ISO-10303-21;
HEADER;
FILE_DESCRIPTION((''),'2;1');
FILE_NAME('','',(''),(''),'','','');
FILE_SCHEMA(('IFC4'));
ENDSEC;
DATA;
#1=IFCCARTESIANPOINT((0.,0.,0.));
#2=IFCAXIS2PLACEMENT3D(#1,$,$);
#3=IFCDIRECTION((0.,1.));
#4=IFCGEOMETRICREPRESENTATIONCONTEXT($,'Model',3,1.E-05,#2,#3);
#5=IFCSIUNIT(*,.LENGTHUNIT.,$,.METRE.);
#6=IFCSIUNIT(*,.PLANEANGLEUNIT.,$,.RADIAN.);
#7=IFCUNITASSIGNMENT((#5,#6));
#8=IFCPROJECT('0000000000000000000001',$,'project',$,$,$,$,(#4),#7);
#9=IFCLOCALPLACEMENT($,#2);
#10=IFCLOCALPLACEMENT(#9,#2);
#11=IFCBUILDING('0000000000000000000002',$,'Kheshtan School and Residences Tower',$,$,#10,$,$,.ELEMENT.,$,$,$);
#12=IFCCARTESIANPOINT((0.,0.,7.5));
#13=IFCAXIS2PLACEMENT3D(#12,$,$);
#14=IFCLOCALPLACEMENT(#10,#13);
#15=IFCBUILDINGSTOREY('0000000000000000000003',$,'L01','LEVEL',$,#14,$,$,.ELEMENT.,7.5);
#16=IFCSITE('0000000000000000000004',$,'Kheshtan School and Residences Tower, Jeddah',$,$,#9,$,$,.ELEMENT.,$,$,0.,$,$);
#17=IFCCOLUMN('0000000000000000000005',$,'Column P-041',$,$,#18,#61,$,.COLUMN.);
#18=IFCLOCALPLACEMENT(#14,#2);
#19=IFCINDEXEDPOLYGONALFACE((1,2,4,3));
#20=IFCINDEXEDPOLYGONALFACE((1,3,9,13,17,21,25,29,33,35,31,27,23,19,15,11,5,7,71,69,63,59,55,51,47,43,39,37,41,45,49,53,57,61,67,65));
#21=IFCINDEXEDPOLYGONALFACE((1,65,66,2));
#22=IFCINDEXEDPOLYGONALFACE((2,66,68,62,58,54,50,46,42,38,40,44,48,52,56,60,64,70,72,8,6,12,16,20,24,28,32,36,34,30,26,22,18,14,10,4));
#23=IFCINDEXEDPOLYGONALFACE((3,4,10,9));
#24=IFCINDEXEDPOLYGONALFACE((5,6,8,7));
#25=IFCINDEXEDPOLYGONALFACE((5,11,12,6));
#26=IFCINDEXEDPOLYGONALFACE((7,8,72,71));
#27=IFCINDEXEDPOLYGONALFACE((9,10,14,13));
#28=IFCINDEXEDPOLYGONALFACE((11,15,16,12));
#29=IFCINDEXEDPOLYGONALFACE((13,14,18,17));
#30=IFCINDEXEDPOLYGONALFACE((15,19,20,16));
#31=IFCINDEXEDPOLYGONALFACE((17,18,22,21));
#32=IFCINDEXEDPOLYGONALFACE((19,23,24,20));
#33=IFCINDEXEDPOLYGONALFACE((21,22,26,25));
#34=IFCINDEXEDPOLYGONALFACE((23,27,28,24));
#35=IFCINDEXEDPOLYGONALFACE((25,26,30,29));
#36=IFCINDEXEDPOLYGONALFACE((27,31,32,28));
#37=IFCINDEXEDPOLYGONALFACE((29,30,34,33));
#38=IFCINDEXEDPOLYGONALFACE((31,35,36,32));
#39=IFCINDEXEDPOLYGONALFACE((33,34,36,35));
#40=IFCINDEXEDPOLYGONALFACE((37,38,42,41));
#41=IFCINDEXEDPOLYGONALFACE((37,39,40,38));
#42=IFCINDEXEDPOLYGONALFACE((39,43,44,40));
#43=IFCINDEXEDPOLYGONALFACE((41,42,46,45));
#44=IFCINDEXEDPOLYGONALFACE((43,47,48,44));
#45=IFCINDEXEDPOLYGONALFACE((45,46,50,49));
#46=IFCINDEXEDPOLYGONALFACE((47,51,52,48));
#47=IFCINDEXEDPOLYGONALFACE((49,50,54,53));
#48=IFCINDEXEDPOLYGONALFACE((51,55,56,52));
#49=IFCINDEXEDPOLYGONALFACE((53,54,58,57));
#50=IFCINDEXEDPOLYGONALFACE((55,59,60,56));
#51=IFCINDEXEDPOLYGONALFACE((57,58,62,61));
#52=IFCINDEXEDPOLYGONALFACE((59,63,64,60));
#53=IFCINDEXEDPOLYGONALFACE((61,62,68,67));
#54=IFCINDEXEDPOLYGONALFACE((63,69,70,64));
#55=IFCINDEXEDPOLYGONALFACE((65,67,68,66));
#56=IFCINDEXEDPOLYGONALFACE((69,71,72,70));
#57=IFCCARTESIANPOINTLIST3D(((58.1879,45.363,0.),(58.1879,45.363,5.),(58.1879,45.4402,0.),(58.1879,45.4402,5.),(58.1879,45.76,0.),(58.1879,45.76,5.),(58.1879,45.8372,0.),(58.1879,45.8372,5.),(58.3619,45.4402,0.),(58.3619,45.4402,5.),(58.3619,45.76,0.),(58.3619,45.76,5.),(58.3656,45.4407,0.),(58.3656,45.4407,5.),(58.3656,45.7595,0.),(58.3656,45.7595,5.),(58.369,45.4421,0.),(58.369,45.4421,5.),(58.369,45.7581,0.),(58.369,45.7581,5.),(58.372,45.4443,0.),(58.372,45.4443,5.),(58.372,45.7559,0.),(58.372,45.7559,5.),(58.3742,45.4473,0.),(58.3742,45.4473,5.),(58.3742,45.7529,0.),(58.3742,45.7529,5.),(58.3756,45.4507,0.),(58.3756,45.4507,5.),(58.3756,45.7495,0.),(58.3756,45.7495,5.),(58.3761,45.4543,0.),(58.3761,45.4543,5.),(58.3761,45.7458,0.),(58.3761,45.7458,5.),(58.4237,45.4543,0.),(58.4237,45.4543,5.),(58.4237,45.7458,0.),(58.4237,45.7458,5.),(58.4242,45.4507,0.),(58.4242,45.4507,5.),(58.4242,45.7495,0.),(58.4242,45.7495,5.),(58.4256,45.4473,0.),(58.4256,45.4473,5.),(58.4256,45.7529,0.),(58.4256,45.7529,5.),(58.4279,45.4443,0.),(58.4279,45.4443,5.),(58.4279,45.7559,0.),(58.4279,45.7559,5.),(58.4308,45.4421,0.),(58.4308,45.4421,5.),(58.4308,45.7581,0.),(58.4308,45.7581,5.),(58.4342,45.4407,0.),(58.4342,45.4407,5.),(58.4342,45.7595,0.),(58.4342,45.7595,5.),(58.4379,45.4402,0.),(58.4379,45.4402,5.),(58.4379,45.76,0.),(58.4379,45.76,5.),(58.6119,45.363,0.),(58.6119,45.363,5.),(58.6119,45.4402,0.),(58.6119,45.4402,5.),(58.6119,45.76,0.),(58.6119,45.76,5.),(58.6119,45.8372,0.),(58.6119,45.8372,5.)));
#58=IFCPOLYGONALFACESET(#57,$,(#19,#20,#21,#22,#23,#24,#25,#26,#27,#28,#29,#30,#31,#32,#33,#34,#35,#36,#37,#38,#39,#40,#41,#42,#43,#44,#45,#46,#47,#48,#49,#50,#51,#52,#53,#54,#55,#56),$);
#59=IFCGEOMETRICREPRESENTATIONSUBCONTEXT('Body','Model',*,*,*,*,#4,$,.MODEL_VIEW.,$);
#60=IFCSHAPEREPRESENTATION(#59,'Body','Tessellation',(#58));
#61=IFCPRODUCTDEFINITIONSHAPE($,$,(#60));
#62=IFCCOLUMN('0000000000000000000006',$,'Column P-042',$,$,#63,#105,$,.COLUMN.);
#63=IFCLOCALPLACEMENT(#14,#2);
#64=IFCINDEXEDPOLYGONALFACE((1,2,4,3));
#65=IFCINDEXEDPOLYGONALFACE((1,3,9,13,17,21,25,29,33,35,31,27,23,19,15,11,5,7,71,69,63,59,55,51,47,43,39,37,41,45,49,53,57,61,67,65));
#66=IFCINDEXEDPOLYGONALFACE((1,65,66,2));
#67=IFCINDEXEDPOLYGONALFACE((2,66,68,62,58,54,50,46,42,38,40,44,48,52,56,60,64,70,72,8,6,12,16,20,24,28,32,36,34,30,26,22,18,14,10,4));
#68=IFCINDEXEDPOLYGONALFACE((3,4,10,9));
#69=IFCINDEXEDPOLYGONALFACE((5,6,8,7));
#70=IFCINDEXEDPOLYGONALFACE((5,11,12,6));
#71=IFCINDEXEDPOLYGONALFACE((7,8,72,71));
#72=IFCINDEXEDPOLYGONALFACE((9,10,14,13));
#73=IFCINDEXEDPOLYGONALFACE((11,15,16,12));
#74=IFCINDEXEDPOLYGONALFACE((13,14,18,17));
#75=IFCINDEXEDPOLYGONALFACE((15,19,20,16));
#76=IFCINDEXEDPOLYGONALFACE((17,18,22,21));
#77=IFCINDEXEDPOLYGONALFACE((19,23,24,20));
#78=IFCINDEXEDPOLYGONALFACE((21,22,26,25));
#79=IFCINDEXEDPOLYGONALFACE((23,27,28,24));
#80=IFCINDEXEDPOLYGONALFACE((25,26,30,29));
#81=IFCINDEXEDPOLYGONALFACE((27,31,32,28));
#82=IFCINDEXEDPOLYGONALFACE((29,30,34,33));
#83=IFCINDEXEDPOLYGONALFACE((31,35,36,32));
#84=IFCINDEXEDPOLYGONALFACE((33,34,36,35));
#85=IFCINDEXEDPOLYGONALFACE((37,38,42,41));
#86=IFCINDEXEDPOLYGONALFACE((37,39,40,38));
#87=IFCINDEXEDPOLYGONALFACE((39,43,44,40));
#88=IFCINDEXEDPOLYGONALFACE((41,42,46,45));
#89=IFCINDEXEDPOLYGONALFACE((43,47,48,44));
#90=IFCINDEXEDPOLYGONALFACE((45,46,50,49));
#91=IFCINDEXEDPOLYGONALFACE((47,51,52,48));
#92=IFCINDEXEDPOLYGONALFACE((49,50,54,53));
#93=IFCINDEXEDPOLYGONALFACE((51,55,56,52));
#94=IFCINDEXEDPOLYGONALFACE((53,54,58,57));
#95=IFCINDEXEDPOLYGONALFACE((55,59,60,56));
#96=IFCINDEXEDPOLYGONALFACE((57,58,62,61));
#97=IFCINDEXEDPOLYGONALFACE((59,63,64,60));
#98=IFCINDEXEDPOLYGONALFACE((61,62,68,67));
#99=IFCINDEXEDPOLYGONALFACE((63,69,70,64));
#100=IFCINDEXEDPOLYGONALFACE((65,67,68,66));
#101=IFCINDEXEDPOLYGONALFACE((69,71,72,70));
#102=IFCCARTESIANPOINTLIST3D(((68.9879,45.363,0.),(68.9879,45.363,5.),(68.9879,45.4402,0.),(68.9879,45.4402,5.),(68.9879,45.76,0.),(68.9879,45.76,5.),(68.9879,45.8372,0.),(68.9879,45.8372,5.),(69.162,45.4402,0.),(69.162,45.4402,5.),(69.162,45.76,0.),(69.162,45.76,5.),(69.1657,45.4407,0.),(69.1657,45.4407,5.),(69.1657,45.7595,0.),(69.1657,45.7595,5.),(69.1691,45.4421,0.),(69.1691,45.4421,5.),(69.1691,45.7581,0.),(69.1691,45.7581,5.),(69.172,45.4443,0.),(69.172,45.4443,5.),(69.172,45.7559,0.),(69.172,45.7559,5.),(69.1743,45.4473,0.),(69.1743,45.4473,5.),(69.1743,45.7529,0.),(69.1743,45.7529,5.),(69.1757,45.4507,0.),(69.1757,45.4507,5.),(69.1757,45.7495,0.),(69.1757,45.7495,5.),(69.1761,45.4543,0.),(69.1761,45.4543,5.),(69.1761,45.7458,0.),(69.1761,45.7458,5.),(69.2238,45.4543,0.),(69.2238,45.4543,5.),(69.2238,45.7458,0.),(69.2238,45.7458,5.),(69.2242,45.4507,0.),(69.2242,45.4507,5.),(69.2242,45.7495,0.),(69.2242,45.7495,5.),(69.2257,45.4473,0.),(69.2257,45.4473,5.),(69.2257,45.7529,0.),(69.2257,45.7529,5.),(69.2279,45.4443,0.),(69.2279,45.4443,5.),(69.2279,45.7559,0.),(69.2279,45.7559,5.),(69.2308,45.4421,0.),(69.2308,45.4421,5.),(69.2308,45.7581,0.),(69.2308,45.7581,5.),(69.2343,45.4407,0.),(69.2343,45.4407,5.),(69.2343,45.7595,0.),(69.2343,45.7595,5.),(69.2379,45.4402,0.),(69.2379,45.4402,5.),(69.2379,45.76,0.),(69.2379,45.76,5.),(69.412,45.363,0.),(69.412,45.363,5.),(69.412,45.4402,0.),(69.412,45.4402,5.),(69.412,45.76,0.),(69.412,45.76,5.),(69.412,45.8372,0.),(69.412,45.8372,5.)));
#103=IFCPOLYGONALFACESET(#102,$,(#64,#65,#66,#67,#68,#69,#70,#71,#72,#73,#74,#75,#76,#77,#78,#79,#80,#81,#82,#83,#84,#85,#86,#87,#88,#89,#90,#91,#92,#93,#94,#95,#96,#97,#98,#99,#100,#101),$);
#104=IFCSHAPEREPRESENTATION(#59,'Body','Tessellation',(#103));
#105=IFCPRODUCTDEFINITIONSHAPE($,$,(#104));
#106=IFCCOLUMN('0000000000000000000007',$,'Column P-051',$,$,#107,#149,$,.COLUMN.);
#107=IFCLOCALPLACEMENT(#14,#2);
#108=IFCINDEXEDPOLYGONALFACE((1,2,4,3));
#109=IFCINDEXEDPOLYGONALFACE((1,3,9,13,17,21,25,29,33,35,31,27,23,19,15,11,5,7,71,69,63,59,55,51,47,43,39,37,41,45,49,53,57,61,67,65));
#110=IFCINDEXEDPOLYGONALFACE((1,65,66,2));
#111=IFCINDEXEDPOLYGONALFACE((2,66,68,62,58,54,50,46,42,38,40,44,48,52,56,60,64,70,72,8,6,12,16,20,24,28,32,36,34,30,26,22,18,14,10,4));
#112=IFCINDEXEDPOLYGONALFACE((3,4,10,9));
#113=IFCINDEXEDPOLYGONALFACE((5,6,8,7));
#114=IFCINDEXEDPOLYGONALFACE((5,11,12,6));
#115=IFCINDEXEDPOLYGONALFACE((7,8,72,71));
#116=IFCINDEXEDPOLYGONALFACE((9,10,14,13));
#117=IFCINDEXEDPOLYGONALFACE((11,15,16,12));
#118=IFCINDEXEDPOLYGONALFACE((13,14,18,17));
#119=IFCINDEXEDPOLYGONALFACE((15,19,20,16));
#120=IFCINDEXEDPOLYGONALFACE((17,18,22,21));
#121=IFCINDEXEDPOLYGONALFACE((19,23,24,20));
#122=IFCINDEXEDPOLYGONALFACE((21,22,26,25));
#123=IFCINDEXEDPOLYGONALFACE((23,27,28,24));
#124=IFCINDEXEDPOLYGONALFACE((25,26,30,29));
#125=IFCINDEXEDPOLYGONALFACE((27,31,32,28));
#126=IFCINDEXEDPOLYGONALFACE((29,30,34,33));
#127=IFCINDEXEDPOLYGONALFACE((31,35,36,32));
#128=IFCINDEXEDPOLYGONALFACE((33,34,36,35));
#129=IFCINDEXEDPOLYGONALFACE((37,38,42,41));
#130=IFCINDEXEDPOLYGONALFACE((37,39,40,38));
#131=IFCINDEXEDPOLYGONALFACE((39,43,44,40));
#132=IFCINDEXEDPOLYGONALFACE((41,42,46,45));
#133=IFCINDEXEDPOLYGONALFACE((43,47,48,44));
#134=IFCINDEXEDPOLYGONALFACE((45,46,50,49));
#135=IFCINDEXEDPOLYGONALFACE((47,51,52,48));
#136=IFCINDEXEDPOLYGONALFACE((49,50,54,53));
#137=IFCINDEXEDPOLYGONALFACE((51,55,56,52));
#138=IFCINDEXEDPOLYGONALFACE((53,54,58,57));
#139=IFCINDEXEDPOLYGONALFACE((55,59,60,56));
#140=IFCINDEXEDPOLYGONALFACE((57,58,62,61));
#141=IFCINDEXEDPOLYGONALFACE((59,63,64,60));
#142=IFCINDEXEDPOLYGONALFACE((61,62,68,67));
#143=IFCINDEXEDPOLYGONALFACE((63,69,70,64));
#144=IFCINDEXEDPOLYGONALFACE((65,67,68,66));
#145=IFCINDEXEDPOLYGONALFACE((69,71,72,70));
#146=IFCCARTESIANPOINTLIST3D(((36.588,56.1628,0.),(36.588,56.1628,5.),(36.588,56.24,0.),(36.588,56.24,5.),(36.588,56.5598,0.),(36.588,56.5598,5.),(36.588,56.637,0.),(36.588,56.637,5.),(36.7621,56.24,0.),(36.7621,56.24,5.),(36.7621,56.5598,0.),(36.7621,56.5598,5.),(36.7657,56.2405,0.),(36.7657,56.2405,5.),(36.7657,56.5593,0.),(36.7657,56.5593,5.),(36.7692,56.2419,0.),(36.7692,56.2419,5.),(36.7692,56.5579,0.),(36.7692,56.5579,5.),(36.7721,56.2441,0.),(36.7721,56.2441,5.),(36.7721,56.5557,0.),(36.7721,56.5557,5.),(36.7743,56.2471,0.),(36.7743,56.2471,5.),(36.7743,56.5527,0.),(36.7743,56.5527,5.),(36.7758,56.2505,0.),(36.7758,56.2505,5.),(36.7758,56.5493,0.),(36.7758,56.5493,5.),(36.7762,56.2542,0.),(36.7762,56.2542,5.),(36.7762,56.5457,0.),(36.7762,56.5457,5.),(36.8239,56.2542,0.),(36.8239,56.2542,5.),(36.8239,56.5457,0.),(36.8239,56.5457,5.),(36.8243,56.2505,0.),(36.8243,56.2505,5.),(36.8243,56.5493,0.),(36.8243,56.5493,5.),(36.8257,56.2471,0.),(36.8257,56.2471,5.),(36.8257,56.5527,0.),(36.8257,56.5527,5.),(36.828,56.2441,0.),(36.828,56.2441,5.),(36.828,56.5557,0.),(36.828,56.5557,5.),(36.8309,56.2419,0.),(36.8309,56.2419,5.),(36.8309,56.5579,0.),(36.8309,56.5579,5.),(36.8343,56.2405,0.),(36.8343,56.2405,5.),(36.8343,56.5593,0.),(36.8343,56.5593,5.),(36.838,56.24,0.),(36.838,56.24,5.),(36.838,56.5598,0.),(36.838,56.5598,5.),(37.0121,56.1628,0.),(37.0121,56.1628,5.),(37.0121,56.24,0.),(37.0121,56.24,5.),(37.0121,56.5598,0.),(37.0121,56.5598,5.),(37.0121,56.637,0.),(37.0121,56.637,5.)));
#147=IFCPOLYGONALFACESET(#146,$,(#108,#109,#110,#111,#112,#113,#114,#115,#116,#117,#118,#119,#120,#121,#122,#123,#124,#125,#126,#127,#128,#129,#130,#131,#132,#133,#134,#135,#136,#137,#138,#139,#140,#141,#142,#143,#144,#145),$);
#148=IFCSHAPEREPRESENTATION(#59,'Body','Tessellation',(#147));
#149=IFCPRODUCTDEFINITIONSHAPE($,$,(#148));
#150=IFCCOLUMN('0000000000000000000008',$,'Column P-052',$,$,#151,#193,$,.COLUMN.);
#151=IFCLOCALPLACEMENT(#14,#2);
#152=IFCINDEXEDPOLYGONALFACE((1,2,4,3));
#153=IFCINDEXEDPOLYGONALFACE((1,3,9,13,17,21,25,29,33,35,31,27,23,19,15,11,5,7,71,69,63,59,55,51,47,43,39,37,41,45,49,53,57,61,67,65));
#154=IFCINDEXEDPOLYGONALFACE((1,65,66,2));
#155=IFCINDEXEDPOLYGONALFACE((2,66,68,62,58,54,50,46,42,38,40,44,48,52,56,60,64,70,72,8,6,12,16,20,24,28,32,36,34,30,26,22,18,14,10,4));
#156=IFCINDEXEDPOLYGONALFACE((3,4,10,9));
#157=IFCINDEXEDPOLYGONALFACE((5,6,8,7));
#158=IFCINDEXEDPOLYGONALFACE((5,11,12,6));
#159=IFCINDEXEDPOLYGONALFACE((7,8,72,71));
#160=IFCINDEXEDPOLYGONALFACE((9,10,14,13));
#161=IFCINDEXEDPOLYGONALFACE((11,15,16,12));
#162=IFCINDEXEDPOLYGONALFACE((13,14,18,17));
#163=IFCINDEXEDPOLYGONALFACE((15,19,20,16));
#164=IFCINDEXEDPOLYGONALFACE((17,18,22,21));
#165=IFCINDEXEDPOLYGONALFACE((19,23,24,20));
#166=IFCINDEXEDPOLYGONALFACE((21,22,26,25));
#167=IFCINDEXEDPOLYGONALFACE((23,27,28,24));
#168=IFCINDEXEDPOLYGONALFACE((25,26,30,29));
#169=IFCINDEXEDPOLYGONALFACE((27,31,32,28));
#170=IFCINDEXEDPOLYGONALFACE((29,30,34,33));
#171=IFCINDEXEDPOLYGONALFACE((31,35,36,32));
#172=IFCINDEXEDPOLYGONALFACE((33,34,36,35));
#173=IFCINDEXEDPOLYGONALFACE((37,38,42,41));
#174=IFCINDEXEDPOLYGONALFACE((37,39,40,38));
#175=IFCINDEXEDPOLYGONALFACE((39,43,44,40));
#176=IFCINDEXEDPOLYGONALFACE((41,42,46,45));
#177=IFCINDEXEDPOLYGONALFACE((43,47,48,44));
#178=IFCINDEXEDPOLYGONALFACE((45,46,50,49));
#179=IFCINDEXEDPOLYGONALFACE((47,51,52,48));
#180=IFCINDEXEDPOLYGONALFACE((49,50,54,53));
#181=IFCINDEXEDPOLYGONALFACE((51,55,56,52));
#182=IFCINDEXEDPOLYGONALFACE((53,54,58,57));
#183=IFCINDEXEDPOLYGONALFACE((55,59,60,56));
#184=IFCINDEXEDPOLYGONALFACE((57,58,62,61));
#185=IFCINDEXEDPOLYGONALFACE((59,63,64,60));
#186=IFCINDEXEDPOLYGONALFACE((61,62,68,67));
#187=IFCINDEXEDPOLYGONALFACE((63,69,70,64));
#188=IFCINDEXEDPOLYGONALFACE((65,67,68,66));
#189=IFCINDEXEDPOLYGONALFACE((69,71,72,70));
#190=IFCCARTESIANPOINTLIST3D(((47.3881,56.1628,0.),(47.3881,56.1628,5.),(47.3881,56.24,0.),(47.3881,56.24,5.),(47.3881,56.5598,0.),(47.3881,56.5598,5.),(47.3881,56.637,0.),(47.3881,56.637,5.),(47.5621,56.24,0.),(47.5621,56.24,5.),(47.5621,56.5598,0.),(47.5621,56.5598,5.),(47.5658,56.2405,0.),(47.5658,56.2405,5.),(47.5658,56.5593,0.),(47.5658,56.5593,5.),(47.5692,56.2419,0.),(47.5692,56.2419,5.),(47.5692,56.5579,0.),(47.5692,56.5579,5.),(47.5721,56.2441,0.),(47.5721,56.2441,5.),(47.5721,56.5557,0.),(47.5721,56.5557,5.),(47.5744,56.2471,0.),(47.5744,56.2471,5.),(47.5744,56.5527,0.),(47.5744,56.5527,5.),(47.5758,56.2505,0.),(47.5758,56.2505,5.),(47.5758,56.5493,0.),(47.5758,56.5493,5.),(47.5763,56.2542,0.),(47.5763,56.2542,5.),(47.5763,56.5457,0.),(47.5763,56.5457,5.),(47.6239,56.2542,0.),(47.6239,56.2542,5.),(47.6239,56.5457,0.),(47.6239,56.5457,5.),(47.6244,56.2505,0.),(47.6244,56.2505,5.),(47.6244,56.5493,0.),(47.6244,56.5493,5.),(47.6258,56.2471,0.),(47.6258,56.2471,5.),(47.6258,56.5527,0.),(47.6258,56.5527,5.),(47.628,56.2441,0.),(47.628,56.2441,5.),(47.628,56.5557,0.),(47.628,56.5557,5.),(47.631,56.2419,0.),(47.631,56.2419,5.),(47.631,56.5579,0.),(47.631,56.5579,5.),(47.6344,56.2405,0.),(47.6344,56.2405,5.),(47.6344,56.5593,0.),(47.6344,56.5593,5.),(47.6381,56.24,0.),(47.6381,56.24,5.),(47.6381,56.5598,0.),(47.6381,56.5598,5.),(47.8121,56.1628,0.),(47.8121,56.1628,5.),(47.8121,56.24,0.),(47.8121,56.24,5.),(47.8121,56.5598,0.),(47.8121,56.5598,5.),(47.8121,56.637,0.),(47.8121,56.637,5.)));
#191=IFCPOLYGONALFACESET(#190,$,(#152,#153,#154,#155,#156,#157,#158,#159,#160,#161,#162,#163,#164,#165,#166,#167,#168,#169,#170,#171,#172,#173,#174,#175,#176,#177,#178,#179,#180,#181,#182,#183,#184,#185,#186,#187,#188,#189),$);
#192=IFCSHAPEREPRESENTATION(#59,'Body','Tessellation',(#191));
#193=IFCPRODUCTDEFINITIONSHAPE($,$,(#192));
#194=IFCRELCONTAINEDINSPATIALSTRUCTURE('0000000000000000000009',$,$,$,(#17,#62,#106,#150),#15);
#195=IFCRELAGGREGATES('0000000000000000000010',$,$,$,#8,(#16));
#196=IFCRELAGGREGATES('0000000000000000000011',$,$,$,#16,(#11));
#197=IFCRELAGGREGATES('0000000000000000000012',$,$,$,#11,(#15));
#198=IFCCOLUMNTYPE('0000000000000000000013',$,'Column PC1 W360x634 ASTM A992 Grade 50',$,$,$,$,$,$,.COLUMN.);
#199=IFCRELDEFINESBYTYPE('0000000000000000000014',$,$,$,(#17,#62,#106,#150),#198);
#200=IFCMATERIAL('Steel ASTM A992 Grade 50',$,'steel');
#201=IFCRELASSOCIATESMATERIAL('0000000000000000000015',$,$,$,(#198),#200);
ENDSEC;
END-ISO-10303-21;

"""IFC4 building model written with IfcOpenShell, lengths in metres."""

from ifc_helpers import new_model, si_unit, direction, frame, origin, origin_2d, place, context, subcontext, project, spatial, i_section, extrude, material, material_profile, profile_set, type_object, element, save


model = new_model("IFC4")

# Units and contexts
model_context = context("Model", 3, precision=1e-05, world=origin(), true_north=direction((0.0, 1.0)))
body_context = subcontext(model_context, "Body", "Model", "MODEL_VIEW")
ifc_project = project(units=[si_unit("LENGTHUNIT", "METRE"), si_unit("PLANEANGLEUNIT", "RADIAN")], contexts=[model_context])

# Site, building, storey
site_placement = place(None, origin())
site = spatial("IfcSite", under=ifc_project, at=site_placement, Name="Kheshtan School and Residences Tower, Jeddah", CompositionType="ELEMENT", RefElevation=0.0)
building_placement = place(site_placement, origin())
building = spatial("IfcBuilding", under=site, at=building_placement, Name="Kheshtan School and Residences Tower", CompositionType="ELEMENT")
storey_placement = place(building_placement, frame((0.0, 0.0, 7.5)))
storey = spatial("IfcBuildingStorey", under=building, at=storey_placement, Name="L01", Description="LEVEL", CompositionType="ELEMENT", Elevation=7.5)

# Columns
ifc_material_1 = material(Name="Steel ASTM A992 Grade 50", Category="steel")
ifc_material_profile = material_profile(ifc_material_1, i_section(OverallWidth=0.4241, OverallDepth=0.4741, WebThickness=0.0476, FlangeThickness=0.0771, FilletRadius=0.0142, at=origin_2d()), Name="W360x634")
ifc_profile_set = profile_set([ifc_material_profile], Name="Steel ASTM A992 Grade 50")
column_type = type_object("IfcColumnType", Name="Column PC1 W360x634 ASTM A992 Grade 50", PredefinedType="COLUMN", material=ifc_profile_set)
for number, where, z_axis, x_axis, name in (
    (1, (58.3999, 45.6001, 0.0), (0.0, 0.0, 1.0), (1.0, 0.0, 0.0), "Column P-041"),
    (2, (69.2, 45.6001, 0.0), (0.0, 0.0, 1.0), (1.0, 0.0, 0.0), "Column P-042"),
    (3, (36.8, 56.3999, 0.0), (0.0, 0.0, 1.0), (1.0, 0.0, 0.0), "Column P-051"),
    (4, (47.6001, 56.3999, 0.0), (0.0, 0.0, 1.0), (1.0, 0.0, 0.0), "Column P-052"),
):
    element("IfcColumn", number, at=place(storey_placement, frame(where, z_axis=z_axis, x_axis=x_axis)), inside=storey, type_object=column_type, Name=name, PredefinedType="COLUMN", context=body_context, shape_type="SweptSolid", body=[
        extrude(i_section(OverallWidth=0.4241, OverallDepth=0.4741, WebThickness=0.0476, FlangeThickness=0.0771, FilletRadius=0.0142, at=origin_2d()), origin(), (0.0, 0.0, 1.0), 5.0),
    ])

save(model, "model.ifc")
